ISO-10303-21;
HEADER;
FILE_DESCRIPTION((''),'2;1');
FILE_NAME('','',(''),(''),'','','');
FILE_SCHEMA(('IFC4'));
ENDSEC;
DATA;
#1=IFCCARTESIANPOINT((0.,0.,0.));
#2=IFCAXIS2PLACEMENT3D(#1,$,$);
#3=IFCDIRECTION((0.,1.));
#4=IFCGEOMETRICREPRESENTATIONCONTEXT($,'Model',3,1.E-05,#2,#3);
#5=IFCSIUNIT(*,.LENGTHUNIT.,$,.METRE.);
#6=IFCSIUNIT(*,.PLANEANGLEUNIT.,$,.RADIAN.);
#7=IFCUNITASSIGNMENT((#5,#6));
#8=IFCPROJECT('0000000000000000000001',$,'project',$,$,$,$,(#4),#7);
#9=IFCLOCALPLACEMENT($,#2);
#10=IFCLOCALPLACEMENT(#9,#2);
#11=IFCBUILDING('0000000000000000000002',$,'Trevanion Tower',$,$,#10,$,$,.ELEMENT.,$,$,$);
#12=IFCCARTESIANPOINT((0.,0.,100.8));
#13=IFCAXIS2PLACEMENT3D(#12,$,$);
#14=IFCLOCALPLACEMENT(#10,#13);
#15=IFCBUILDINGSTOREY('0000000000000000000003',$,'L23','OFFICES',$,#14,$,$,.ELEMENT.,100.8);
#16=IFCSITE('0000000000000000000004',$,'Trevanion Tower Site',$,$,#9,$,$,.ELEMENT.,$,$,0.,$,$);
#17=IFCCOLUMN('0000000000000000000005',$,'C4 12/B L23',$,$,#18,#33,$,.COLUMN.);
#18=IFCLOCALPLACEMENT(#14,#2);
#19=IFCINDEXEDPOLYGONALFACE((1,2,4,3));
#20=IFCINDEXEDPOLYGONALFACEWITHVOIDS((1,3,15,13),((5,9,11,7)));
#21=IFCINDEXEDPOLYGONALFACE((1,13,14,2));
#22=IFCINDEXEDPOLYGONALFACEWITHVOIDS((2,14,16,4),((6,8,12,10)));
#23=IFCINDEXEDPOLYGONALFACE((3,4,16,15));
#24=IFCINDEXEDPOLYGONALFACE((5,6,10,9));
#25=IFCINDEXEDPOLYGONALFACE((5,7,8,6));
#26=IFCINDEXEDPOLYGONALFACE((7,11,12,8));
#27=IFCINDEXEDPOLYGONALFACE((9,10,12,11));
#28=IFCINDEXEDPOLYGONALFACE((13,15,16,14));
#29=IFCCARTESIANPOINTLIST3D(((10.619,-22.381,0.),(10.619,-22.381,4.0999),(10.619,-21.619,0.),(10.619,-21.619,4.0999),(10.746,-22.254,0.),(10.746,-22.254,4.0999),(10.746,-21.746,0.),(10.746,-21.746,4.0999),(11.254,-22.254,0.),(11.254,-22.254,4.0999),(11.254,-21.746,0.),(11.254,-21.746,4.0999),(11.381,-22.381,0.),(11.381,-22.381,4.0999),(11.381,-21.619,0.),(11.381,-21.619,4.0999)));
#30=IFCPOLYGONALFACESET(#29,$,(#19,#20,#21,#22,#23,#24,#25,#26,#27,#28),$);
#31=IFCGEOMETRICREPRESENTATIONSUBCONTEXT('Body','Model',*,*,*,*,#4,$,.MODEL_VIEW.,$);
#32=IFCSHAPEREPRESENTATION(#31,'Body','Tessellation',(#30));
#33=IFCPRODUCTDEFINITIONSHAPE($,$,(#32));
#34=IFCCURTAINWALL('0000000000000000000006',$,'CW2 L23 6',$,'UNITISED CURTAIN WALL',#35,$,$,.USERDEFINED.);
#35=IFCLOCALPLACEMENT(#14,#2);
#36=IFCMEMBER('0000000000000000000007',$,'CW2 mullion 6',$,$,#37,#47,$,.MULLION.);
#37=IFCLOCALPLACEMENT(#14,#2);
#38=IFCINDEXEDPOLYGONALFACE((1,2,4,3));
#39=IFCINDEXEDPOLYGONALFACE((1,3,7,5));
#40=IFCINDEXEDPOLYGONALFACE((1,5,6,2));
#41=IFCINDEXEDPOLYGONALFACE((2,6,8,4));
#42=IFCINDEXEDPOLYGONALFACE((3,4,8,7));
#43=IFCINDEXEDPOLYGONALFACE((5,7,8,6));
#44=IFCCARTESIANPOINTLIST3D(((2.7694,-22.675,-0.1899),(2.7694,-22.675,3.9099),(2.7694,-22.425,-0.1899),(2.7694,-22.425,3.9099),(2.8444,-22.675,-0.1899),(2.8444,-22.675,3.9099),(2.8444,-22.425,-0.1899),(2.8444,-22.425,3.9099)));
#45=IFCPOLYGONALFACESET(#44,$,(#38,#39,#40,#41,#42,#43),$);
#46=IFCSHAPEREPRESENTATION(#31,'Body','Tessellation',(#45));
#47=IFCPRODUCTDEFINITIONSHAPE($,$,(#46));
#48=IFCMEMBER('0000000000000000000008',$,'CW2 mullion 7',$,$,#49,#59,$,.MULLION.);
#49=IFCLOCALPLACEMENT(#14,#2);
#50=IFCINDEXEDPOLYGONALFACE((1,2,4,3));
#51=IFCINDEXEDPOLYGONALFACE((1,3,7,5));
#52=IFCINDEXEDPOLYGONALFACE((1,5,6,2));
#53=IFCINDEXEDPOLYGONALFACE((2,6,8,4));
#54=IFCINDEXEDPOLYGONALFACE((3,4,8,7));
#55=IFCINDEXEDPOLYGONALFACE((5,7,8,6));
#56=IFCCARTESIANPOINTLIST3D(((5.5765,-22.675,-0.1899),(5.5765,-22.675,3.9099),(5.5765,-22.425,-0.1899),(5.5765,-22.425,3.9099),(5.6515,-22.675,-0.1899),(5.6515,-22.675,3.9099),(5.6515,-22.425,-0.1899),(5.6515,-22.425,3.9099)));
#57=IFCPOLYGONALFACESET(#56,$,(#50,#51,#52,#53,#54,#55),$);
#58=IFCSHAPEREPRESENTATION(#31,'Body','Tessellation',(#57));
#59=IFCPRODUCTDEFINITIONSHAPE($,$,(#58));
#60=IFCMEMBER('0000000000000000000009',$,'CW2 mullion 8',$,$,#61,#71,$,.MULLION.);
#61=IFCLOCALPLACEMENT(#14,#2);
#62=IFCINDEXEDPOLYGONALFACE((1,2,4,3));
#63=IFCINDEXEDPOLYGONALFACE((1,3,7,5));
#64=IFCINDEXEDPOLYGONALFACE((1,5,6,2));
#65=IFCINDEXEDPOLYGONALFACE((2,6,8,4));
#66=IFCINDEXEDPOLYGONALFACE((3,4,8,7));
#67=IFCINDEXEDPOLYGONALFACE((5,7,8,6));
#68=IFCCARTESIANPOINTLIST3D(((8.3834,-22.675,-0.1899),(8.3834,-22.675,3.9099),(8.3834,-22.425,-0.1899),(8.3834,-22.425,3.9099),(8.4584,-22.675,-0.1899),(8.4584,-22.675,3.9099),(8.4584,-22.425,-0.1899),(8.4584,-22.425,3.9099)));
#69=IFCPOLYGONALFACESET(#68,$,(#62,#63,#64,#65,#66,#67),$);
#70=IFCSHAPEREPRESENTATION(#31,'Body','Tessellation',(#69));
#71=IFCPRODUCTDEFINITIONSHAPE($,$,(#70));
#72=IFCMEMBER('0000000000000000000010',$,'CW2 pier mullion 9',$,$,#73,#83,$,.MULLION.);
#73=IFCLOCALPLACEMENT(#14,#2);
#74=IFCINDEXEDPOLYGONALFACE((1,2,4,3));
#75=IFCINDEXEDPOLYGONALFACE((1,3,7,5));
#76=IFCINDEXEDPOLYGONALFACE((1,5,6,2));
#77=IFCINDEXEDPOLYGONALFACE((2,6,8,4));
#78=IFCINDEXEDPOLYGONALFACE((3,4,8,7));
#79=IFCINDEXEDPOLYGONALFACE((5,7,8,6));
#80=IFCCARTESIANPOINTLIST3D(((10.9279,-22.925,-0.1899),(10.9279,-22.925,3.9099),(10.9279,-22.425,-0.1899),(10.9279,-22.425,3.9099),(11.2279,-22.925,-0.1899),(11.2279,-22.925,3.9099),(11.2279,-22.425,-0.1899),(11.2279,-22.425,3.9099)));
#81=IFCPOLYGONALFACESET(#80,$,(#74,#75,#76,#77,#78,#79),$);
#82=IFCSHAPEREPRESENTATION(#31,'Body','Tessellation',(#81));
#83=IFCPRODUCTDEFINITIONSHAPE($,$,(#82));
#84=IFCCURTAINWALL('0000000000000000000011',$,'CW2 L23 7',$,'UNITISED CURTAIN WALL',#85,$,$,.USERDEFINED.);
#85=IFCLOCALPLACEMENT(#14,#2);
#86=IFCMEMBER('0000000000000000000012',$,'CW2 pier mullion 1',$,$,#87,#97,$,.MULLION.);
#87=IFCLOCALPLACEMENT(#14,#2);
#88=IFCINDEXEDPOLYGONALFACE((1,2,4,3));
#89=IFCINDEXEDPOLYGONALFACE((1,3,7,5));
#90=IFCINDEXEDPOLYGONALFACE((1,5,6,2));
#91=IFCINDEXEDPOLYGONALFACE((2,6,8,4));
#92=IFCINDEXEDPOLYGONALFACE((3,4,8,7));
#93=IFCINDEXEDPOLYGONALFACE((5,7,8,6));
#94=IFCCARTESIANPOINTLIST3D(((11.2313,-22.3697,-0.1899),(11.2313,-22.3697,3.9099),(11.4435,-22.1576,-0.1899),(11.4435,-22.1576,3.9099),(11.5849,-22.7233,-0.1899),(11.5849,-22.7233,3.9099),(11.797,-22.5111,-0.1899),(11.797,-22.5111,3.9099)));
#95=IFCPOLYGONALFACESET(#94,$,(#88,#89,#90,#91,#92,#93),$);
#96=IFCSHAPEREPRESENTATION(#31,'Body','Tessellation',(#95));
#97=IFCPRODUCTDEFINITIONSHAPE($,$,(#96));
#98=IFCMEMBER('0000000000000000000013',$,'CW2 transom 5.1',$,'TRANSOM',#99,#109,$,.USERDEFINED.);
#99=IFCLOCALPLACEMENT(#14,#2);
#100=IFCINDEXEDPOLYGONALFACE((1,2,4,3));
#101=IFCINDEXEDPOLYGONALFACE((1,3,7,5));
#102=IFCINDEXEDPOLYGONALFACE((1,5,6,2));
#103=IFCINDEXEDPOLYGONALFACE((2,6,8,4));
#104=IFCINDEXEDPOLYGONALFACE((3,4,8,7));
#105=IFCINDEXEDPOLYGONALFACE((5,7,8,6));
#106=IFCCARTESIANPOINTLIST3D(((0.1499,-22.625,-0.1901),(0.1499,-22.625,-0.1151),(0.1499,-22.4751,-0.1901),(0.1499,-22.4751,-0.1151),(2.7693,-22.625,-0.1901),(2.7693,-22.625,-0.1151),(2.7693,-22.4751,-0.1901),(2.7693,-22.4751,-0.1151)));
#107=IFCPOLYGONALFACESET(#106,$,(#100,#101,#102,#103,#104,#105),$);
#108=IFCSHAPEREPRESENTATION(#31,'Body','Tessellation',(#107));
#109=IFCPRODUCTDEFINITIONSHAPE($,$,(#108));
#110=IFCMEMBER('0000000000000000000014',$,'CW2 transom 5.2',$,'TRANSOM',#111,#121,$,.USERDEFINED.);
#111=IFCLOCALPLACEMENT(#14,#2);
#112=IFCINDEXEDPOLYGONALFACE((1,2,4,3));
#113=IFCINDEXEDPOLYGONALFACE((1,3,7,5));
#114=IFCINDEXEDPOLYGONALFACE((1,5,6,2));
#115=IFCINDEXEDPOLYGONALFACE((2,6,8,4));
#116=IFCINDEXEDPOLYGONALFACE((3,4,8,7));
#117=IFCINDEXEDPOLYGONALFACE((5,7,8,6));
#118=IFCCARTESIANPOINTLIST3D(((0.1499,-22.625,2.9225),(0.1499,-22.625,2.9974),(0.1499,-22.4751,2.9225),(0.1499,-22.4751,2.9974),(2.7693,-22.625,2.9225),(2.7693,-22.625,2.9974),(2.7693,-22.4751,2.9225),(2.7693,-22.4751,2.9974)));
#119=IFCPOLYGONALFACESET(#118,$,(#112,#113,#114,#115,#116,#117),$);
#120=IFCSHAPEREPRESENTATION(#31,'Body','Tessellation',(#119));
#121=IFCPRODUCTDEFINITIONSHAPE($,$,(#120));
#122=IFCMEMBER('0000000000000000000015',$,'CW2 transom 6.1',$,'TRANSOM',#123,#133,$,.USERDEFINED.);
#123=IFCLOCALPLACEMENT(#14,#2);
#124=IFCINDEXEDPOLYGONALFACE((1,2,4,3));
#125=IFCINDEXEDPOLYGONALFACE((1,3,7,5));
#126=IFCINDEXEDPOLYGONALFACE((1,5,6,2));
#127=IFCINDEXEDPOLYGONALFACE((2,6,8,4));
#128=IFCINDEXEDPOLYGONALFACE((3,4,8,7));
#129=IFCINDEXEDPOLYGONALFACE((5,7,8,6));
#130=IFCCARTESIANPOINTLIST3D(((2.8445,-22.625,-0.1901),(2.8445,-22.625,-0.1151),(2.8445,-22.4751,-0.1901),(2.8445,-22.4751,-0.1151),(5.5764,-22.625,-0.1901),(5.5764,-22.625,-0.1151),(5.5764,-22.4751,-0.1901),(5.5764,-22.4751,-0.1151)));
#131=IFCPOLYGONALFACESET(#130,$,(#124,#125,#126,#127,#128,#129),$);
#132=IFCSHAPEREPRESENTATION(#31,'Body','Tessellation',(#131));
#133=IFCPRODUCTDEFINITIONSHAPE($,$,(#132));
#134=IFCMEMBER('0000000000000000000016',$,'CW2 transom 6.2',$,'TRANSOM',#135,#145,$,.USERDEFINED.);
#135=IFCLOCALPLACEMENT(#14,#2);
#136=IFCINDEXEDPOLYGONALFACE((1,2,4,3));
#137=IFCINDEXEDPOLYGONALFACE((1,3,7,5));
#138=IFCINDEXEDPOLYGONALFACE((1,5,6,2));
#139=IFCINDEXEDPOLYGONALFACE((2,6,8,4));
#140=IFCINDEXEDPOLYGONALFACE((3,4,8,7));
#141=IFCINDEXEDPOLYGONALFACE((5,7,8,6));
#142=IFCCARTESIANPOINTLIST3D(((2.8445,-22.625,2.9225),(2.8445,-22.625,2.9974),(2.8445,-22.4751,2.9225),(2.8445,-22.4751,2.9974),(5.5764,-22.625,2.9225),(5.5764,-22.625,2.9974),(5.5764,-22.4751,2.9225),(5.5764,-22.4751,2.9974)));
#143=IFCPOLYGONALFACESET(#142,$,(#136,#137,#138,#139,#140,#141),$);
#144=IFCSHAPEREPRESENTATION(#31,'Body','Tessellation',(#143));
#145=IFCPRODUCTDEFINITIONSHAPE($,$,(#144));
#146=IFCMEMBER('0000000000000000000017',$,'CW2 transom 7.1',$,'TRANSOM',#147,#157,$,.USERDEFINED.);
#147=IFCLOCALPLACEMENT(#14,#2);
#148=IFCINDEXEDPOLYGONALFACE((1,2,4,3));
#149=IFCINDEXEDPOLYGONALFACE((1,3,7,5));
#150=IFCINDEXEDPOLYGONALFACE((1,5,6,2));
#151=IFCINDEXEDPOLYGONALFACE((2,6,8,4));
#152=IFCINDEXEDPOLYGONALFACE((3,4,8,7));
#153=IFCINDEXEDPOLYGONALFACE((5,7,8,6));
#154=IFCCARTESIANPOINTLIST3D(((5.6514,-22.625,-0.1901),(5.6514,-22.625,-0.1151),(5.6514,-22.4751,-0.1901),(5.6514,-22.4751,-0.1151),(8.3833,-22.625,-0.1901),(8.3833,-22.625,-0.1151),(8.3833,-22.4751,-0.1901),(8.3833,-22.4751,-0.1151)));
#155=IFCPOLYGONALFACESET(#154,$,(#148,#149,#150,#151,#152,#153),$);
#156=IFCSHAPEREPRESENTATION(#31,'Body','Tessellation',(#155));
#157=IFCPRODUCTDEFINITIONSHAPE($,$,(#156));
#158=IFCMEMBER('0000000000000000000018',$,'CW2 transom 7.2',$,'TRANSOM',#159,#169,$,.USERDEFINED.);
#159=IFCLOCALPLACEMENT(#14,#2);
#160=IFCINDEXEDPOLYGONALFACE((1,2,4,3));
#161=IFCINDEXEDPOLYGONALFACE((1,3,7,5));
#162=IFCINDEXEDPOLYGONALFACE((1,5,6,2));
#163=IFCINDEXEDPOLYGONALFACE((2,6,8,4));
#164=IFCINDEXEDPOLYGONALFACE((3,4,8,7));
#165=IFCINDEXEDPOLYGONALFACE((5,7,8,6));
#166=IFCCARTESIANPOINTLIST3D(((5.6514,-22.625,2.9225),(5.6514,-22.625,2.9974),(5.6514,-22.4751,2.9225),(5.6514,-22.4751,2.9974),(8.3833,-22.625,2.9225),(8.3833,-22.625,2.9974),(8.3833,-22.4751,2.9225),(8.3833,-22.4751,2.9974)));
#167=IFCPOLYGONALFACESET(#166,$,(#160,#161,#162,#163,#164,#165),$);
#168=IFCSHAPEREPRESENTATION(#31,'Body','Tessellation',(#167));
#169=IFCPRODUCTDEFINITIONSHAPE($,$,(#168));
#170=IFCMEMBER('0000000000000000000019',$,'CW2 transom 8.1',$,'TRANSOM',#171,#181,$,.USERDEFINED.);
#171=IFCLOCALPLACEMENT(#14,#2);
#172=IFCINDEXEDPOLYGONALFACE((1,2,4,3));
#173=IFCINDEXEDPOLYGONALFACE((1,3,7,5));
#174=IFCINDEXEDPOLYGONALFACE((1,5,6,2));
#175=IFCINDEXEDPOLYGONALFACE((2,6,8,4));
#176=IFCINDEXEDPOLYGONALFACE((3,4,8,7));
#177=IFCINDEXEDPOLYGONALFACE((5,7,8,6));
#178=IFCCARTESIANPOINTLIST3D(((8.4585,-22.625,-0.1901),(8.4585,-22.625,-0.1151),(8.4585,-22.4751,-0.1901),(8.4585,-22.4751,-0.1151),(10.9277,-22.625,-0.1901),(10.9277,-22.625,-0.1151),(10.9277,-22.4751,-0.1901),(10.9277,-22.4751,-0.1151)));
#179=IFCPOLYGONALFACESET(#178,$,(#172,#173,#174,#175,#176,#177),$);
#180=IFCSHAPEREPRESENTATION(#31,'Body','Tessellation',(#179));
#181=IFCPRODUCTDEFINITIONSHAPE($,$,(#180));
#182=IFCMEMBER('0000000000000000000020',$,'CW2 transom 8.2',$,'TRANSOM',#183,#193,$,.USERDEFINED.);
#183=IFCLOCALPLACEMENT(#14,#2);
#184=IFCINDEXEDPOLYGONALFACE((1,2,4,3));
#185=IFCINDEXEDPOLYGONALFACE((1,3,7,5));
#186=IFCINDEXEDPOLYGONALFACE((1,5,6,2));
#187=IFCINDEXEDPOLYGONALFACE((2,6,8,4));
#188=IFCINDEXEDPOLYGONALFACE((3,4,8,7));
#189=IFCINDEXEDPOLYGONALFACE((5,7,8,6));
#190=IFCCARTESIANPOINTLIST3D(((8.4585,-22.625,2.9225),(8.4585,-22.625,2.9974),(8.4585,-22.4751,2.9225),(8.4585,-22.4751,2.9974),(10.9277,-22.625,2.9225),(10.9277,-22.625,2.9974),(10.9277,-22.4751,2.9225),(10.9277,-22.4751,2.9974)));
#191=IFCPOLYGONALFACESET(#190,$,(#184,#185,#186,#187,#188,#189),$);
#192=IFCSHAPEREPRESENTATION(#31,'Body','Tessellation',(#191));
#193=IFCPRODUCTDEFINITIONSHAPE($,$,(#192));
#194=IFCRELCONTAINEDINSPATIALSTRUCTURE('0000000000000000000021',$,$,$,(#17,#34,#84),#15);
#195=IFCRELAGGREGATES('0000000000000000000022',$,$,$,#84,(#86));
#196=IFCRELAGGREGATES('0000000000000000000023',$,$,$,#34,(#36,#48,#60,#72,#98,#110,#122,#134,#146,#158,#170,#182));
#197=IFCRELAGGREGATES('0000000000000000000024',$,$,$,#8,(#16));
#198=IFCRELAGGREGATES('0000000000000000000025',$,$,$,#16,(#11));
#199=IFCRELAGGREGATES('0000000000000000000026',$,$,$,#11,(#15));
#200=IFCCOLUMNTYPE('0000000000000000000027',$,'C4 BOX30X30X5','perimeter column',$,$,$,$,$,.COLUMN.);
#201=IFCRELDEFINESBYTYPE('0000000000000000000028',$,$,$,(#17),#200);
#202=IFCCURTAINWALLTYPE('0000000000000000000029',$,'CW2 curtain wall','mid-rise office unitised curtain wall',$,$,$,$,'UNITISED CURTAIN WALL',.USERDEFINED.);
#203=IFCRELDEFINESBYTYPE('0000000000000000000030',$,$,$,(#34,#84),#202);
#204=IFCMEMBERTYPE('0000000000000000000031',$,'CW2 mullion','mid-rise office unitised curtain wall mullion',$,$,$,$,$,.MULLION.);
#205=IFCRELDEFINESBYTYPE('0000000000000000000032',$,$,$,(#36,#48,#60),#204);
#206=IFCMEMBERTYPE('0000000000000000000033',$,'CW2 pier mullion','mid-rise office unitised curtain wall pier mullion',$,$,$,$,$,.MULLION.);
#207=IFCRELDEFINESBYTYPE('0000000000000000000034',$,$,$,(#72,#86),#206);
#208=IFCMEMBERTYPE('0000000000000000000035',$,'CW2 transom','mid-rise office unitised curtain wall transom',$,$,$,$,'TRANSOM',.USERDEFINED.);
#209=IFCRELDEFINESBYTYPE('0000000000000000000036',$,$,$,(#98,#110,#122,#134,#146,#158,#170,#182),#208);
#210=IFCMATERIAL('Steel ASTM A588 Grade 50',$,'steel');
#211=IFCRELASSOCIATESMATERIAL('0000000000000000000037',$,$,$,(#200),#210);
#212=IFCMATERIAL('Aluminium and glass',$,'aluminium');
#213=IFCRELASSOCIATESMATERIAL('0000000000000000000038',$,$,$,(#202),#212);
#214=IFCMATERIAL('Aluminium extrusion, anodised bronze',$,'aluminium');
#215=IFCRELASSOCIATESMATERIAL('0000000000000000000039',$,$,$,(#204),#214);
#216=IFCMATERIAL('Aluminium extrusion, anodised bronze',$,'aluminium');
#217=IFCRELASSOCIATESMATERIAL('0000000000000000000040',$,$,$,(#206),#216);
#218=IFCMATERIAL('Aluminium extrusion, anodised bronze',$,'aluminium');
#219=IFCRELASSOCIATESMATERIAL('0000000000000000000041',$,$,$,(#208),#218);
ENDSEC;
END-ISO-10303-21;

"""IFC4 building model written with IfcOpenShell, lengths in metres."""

from ifc_helpers import new_model, si_unit, direction, frame, origin, origin_2d, place, context, subcontext, project, spatial, rectangle, hollow_rectangle, extrude, material, material_profile, profile_set, type_object, element, aggregate, save


model = new_model("IFC4")

# Units and contexts
model_context = context("Model", 3, precision=1e-05, world=origin(), true_north=direction((0.0, 1.0)))
body_context = subcontext(model_context, "Body", "Model", "MODEL_VIEW")
ifc_project = project(units=[si_unit("LENGTHUNIT", "METRE"), si_unit("PLANEANGLEUNIT", "RADIAN")], contexts=[model_context])

# Site, building, storey
site_placement = place(None, origin())
site = spatial("IfcSite", under=ifc_project, at=site_placement, Name="Trevanion Tower Site", CompositionType="ELEMENT", RefElevation=0.0)
building_placement = place(site_placement, origin())
building = spatial("IfcBuilding", under=site, at=building_placement, Name="Trevanion Tower", CompositionType="ELEMENT")
storey_placement = place(building_placement, frame((0.0, 0.0, 100.8)))
storey = spatial("IfcBuildingStorey", under=building, at=storey_placement, Name="L23", Description="OFFICES", CompositionType="ELEMENT", Elevation=100.8)

# Column
ifc_material_1 = material(Name="Steel ASTM A588 Grade 50", Category="steel")
ifc_material_profile_1 = material_profile(ifc_material_1, hollow_rectangle(XDim=0.762, YDim=0.762, WallThickness=0.127, at=origin_2d()), Name="BOX30X30X5")
ifc_profile_set_1 = profile_set([ifc_material_profile_1], Name="Steel ASTM A588 Grade 50")
column_type = type_object("IfcColumnType", Name="C4 BOX30X30X5", Description="perimeter column", PredefinedType="COLUMN", material=ifc_profile_set_1)
column_placement = place(storey_placement, frame((11.0, -22.0, 0.0), z_axis=(0.0, 0.0, 1.0), x_axis=(1.0, 0.0, 0.0)))
element("IfcColumn", 1, at=column_placement, inside=storey, type_object=column_type, Name="C4 12/B L23", PredefinedType="COLUMN", context=body_context, shape_type="SweptSolid", body=[
    extrude(hollow_rectangle(XDim=0.762, YDim=0.762, WallThickness=0.127, at=origin_2d()), origin(), (0.0, 0.0, 1.0), 4.0999),
])

# Curtain wall, members
ifc_material_2 = material(Name="Aluminium and glass", Category="aluminium")
curtain_wall_type = type_object("IfcCurtainWallType", Name="CW2 curtain wall", Description="mid-rise office unitised curtain wall", ElementType="UNITISED CURTAIN WALL", PredefinedType="USERDEFINED", material=ifc_material_2)
curtain_wall_1_placement = place(storey_placement, origin())
curtain_wall_1 = element("IfcCurtainWall", 2, at=curtain_wall_1_placement, inside=storey, type_object=curtain_wall_type, Name="CW2 L23 6", ObjectType="UNITISED CURTAIN WALL", PredefinedType="USERDEFINED")
ifc_material_3 = material(Name="Aluminium extrusion, anodised bronze", Category="aluminium")
ifc_material_profile_2 = material_profile(ifc_material_3, rectangle(XDim=0.075, YDim=0.25, at=origin_2d()), Name="CW2 mullion")
ifc_profile_set_2 = profile_set([ifc_material_profile_2], Name="Aluminium extrusion, anodised bronze")
member_type_1 = type_object("IfcMemberType", Name="CW2 mullion", Description="mid-rise office unitised curtain wall mullion", PredefinedType="MULLION", material=ifc_profile_set_2)
member_1_placement = place(storey_placement, frame((2.8069, -22.55, -0.1899), z_axis=(0.0, 0.0, 1.0), x_axis=(1.0, 0.0, 0.0)))
member_1 = element("IfcMember", 3, at=member_1_placement, type_object=member_type_1, Name="CW2 mullion 6", PredefinedType="MULLION", context=body_context, shape_type="SweptSolid", body=[
    extrude(rectangle(XDim=0.075, YDim=0.25, at=origin_2d()), origin(), (0.0, 0.0, 1.0), 4.0999),
])
member_2_placement = place(storey_placement, frame((5.614, -22.55, -0.1899), z_axis=(0.0, 0.0, 1.0), x_axis=(1.0, 0.0, 0.0)))
member_2 = element("IfcMember", 4, at=member_2_placement, type_object=member_type_1, Name="CW2 mullion 7", PredefinedType="MULLION", context=body_context, shape_type="SweptSolid", body=[
    extrude(rectangle(XDim=0.075, YDim=0.25, at=origin_2d()), origin(), (0.0, 0.0, 1.0), 4.0999),
])
member_3_placement = place(storey_placement, frame((8.4209, -22.55, -0.1899), z_axis=(0.0, 0.0, 1.0), x_axis=(1.0, 0.0, 0.0)))
member_3 = element("IfcMember", 5, at=member_3_placement, type_object=member_type_1, Name="CW2 mullion 8", PredefinedType="MULLION", context=body_context, shape_type="SweptSolid", body=[
    extrude(rectangle(XDim=0.075, YDim=0.25, at=origin_2d()), origin(), (0.0, 0.0, 1.0), 4.0999),
])
ifc_material_4 = material(Name="Aluminium extrusion, anodised bronze", Category="aluminium")
ifc_material_profile_3 = material_profile(ifc_material_4, rectangle(XDim=0.3, YDim=0.5, at=origin_2d()), Name="CW2 pier mullion")
ifc_profile_set_3 = profile_set([ifc_material_profile_3], Name="Aluminium extrusion, anodised bronze")
member_type_2 = type_object("IfcMemberType", Name="CW2 pier mullion", Description="mid-rise office unitised curtain wall pier mullion", PredefinedType="MULLION", material=ifc_profile_set_3)
member_4_placement = place(storey_placement, frame((11.0779, -22.675, -0.1899), z_axis=(0.0, 0.0, 1.0), x_axis=(1.0, 0.0, 0.0)))
member_4 = element("IfcMember", 6, at=member_4_placement, type_object=member_type_2, Name="CW2 pier mullion 9", PredefinedType="MULLION", context=body_context, shape_type="SweptSolid", body=[
    extrude(rectangle(XDim=0.3, YDim=0.5, at=origin_2d()), origin(), (0.0, 0.0, 1.0), 4.0999),
])

# Curtain wall, member
curtain_wall_2_placement = place(storey_placement, origin())
curtain_wall_2 = element("IfcCurtainWall", 7, at=curtain_wall_2_placement, inside=storey, type_object=curtain_wall_type, Name="CW2 L23 7", ObjectType="UNITISED CURTAIN WALL", PredefinedType="USERDEFINED")
member_5_placement = place(storey_placement, frame((11.5142, -22.4404, -0.1899), z_axis=(0.0, 0.0, 1.0), x_axis=(0.707107, 0.707107, 0.0)))
member_5 = element("IfcMember", 8, at=member_5_placement, type_object=member_type_2, Name="CW2 pier mullion 1", PredefinedType="MULLION", context=body_context, shape_type="SweptSolid", body=[
    extrude(rectangle(XDim=0.3, YDim=0.5, at=origin_2d()), origin(), (0.0, 0.0, 1.0), 4.0999),
])
aggregate(curtain_wall_2, [member_5])

# Members
ifc_material_5 = material(Name="Aluminium extrusion, anodised bronze", Category="aluminium")
ifc_material_profile_4 = material_profile(ifc_material_5, rectangle(XDim=0.1499, YDim=0.075, at=origin_2d()), Name="CW2 transom")
ifc_profile_set_4 = profile_set([ifc_material_profile_4], Name="Aluminium extrusion, anodised bronze")
member_type_3 = type_object("IfcMemberType", Name="CW2 transom", Description="mid-rise office unitised curtain wall transom", ElementType="TRANSOM", PredefinedType="USERDEFINED", material=ifc_profile_set_4)
member_6_placement = place(storey_placement, frame((0.1499, -22.55, -0.1526), z_axis=(1.0, 0.0, 0.0), x_axis=(0.0, 1.0, 0.0)))
member_6 = element("IfcMember", 9, at=member_6_placement, type_object=member_type_3, Name="CW2 transom 5.1", ObjectType="TRANSOM", PredefinedType="USERDEFINED", context=body_context, shape_type="SweptSolid", body=[
    extrude(rectangle(XDim=0.1499, YDim=0.075, at=origin_2d()), origin(), (0.0, 0.0, 1.0), 2.6194),
])
member_7_placement = place(storey_placement, frame((0.1499, -22.55, 2.96), z_axis=(1.0, 0.0, 0.0), x_axis=(0.0, 1.0, 0.0)))
member_7 = element("IfcMember", 10, at=member_7_placement, type_object=member_type_3, Name="CW2 transom 5.2", ObjectType="TRANSOM", PredefinedType="USERDEFINED", context=body_context, shape_type="SweptSolid", body=[
    extrude(rectangle(XDim=0.1499, YDim=0.075, at=origin_2d()), origin(), (0.0, 0.0, 1.0), 2.6194),
])
member_8_placement = place(storey_placement, frame((2.8445, -22.55, -0.1526), z_axis=(1.0, 0.0, 0.0), x_axis=(0.0, 1.0, 0.0)))
member_8 = element("IfcMember", 11, at=member_8_placement, type_object=member_type_3, Name="CW2 transom 6.1", ObjectType="TRANSOM", PredefinedType="USERDEFINED", context=body_context, shape_type="SweptSolid", body=[
    extrude(rectangle(XDim=0.1499, YDim=0.075, at=origin_2d()), origin(), (0.0, 0.0, 1.0), 2.7319),
])
member_9_placement = place(storey_placement, frame((2.8445, -22.55, 2.96), z_axis=(1.0, 0.0, 0.0), x_axis=(0.0, 1.0, 0.0)))
member_9 = element("IfcMember", 12, at=member_9_placement, type_object=member_type_3, Name="CW2 transom 6.2", ObjectType="TRANSOM", PredefinedType="USERDEFINED", context=body_context, shape_type="SweptSolid", body=[
    extrude(rectangle(XDim=0.1499, YDim=0.075, at=origin_2d()), origin(), (0.0, 0.0, 1.0), 2.7319),
])
member_10_placement = place(storey_placement, frame((5.6514, -22.55, -0.1526), z_axis=(1.0, 0.0, 0.0), x_axis=(0.0, 1.0, 0.0)))
member_10 = element("IfcMember", 13, at=member_10_placement, type_object=member_type_3, Name="CW2 transom 7.1", ObjectType="TRANSOM", PredefinedType="USERDEFINED", context=body_context, shape_type="SweptSolid", body=[
    extrude(rectangle(XDim=0.1499, YDim=0.075, at=origin_2d()), origin(), (0.0, 0.0, 1.0), 2.7319),
])
member_11_placement = place(storey_placement, frame((5.6514, -22.55, 2.96), z_axis=(1.0, 0.0, 0.0), x_axis=(0.0, 1.0, 0.0)))
member_11 = element("IfcMember", 14, at=member_11_placement, type_object=member_type_3, Name="CW2 transom 7.2", ObjectType="TRANSOM", PredefinedType="USERDEFINED", context=body_context, shape_type="SweptSolid", body=[
    extrude(rectangle(XDim=0.1499, YDim=0.075, at=origin_2d()), origin(), (0.0, 0.0, 1.0), 2.7319),
])
member_12_placement = place(storey_placement, frame((8.4585, -22.55, -0.1526), z_axis=(1.0, 0.0, 0.0), x_axis=(0.0, 1.0, 0.0)))
member_12 = element("IfcMember", 15, at=member_12_placement, type_object=member_type_3, Name="CW2 transom 8.1", ObjectType="TRANSOM", PredefinedType="USERDEFINED", context=body_context, shape_type="SweptSolid", body=[
    extrude(rectangle(XDim=0.1499, YDim=0.075, at=origin_2d()), origin(), (0.0, 0.0, 1.0), 2.4692),
])
member_13_placement = place(storey_placement, frame((8.4585, -22.55, 2.96), z_axis=(1.0, 0.0, 0.0), x_axis=(0.0, 1.0, 0.0)))
member_13 = element("IfcMember", 16, at=member_13_placement, type_object=member_type_3, Name="CW2 transom 8.2", ObjectType="TRANSOM", PredefinedType="USERDEFINED", context=body_context, shape_type="SweptSolid", body=[
    extrude(rectangle(XDim=0.1499, YDim=0.075, at=origin_2d()), origin(), (0.0, 0.0, 1.0), 2.4692),
])

aggregate(curtain_wall_1, [member_1, member_2, member_3, member_4, member_6, member_7, member_8, member_9, member_10, member_11, member_12, member_13])

save(model, "model.ifc")
